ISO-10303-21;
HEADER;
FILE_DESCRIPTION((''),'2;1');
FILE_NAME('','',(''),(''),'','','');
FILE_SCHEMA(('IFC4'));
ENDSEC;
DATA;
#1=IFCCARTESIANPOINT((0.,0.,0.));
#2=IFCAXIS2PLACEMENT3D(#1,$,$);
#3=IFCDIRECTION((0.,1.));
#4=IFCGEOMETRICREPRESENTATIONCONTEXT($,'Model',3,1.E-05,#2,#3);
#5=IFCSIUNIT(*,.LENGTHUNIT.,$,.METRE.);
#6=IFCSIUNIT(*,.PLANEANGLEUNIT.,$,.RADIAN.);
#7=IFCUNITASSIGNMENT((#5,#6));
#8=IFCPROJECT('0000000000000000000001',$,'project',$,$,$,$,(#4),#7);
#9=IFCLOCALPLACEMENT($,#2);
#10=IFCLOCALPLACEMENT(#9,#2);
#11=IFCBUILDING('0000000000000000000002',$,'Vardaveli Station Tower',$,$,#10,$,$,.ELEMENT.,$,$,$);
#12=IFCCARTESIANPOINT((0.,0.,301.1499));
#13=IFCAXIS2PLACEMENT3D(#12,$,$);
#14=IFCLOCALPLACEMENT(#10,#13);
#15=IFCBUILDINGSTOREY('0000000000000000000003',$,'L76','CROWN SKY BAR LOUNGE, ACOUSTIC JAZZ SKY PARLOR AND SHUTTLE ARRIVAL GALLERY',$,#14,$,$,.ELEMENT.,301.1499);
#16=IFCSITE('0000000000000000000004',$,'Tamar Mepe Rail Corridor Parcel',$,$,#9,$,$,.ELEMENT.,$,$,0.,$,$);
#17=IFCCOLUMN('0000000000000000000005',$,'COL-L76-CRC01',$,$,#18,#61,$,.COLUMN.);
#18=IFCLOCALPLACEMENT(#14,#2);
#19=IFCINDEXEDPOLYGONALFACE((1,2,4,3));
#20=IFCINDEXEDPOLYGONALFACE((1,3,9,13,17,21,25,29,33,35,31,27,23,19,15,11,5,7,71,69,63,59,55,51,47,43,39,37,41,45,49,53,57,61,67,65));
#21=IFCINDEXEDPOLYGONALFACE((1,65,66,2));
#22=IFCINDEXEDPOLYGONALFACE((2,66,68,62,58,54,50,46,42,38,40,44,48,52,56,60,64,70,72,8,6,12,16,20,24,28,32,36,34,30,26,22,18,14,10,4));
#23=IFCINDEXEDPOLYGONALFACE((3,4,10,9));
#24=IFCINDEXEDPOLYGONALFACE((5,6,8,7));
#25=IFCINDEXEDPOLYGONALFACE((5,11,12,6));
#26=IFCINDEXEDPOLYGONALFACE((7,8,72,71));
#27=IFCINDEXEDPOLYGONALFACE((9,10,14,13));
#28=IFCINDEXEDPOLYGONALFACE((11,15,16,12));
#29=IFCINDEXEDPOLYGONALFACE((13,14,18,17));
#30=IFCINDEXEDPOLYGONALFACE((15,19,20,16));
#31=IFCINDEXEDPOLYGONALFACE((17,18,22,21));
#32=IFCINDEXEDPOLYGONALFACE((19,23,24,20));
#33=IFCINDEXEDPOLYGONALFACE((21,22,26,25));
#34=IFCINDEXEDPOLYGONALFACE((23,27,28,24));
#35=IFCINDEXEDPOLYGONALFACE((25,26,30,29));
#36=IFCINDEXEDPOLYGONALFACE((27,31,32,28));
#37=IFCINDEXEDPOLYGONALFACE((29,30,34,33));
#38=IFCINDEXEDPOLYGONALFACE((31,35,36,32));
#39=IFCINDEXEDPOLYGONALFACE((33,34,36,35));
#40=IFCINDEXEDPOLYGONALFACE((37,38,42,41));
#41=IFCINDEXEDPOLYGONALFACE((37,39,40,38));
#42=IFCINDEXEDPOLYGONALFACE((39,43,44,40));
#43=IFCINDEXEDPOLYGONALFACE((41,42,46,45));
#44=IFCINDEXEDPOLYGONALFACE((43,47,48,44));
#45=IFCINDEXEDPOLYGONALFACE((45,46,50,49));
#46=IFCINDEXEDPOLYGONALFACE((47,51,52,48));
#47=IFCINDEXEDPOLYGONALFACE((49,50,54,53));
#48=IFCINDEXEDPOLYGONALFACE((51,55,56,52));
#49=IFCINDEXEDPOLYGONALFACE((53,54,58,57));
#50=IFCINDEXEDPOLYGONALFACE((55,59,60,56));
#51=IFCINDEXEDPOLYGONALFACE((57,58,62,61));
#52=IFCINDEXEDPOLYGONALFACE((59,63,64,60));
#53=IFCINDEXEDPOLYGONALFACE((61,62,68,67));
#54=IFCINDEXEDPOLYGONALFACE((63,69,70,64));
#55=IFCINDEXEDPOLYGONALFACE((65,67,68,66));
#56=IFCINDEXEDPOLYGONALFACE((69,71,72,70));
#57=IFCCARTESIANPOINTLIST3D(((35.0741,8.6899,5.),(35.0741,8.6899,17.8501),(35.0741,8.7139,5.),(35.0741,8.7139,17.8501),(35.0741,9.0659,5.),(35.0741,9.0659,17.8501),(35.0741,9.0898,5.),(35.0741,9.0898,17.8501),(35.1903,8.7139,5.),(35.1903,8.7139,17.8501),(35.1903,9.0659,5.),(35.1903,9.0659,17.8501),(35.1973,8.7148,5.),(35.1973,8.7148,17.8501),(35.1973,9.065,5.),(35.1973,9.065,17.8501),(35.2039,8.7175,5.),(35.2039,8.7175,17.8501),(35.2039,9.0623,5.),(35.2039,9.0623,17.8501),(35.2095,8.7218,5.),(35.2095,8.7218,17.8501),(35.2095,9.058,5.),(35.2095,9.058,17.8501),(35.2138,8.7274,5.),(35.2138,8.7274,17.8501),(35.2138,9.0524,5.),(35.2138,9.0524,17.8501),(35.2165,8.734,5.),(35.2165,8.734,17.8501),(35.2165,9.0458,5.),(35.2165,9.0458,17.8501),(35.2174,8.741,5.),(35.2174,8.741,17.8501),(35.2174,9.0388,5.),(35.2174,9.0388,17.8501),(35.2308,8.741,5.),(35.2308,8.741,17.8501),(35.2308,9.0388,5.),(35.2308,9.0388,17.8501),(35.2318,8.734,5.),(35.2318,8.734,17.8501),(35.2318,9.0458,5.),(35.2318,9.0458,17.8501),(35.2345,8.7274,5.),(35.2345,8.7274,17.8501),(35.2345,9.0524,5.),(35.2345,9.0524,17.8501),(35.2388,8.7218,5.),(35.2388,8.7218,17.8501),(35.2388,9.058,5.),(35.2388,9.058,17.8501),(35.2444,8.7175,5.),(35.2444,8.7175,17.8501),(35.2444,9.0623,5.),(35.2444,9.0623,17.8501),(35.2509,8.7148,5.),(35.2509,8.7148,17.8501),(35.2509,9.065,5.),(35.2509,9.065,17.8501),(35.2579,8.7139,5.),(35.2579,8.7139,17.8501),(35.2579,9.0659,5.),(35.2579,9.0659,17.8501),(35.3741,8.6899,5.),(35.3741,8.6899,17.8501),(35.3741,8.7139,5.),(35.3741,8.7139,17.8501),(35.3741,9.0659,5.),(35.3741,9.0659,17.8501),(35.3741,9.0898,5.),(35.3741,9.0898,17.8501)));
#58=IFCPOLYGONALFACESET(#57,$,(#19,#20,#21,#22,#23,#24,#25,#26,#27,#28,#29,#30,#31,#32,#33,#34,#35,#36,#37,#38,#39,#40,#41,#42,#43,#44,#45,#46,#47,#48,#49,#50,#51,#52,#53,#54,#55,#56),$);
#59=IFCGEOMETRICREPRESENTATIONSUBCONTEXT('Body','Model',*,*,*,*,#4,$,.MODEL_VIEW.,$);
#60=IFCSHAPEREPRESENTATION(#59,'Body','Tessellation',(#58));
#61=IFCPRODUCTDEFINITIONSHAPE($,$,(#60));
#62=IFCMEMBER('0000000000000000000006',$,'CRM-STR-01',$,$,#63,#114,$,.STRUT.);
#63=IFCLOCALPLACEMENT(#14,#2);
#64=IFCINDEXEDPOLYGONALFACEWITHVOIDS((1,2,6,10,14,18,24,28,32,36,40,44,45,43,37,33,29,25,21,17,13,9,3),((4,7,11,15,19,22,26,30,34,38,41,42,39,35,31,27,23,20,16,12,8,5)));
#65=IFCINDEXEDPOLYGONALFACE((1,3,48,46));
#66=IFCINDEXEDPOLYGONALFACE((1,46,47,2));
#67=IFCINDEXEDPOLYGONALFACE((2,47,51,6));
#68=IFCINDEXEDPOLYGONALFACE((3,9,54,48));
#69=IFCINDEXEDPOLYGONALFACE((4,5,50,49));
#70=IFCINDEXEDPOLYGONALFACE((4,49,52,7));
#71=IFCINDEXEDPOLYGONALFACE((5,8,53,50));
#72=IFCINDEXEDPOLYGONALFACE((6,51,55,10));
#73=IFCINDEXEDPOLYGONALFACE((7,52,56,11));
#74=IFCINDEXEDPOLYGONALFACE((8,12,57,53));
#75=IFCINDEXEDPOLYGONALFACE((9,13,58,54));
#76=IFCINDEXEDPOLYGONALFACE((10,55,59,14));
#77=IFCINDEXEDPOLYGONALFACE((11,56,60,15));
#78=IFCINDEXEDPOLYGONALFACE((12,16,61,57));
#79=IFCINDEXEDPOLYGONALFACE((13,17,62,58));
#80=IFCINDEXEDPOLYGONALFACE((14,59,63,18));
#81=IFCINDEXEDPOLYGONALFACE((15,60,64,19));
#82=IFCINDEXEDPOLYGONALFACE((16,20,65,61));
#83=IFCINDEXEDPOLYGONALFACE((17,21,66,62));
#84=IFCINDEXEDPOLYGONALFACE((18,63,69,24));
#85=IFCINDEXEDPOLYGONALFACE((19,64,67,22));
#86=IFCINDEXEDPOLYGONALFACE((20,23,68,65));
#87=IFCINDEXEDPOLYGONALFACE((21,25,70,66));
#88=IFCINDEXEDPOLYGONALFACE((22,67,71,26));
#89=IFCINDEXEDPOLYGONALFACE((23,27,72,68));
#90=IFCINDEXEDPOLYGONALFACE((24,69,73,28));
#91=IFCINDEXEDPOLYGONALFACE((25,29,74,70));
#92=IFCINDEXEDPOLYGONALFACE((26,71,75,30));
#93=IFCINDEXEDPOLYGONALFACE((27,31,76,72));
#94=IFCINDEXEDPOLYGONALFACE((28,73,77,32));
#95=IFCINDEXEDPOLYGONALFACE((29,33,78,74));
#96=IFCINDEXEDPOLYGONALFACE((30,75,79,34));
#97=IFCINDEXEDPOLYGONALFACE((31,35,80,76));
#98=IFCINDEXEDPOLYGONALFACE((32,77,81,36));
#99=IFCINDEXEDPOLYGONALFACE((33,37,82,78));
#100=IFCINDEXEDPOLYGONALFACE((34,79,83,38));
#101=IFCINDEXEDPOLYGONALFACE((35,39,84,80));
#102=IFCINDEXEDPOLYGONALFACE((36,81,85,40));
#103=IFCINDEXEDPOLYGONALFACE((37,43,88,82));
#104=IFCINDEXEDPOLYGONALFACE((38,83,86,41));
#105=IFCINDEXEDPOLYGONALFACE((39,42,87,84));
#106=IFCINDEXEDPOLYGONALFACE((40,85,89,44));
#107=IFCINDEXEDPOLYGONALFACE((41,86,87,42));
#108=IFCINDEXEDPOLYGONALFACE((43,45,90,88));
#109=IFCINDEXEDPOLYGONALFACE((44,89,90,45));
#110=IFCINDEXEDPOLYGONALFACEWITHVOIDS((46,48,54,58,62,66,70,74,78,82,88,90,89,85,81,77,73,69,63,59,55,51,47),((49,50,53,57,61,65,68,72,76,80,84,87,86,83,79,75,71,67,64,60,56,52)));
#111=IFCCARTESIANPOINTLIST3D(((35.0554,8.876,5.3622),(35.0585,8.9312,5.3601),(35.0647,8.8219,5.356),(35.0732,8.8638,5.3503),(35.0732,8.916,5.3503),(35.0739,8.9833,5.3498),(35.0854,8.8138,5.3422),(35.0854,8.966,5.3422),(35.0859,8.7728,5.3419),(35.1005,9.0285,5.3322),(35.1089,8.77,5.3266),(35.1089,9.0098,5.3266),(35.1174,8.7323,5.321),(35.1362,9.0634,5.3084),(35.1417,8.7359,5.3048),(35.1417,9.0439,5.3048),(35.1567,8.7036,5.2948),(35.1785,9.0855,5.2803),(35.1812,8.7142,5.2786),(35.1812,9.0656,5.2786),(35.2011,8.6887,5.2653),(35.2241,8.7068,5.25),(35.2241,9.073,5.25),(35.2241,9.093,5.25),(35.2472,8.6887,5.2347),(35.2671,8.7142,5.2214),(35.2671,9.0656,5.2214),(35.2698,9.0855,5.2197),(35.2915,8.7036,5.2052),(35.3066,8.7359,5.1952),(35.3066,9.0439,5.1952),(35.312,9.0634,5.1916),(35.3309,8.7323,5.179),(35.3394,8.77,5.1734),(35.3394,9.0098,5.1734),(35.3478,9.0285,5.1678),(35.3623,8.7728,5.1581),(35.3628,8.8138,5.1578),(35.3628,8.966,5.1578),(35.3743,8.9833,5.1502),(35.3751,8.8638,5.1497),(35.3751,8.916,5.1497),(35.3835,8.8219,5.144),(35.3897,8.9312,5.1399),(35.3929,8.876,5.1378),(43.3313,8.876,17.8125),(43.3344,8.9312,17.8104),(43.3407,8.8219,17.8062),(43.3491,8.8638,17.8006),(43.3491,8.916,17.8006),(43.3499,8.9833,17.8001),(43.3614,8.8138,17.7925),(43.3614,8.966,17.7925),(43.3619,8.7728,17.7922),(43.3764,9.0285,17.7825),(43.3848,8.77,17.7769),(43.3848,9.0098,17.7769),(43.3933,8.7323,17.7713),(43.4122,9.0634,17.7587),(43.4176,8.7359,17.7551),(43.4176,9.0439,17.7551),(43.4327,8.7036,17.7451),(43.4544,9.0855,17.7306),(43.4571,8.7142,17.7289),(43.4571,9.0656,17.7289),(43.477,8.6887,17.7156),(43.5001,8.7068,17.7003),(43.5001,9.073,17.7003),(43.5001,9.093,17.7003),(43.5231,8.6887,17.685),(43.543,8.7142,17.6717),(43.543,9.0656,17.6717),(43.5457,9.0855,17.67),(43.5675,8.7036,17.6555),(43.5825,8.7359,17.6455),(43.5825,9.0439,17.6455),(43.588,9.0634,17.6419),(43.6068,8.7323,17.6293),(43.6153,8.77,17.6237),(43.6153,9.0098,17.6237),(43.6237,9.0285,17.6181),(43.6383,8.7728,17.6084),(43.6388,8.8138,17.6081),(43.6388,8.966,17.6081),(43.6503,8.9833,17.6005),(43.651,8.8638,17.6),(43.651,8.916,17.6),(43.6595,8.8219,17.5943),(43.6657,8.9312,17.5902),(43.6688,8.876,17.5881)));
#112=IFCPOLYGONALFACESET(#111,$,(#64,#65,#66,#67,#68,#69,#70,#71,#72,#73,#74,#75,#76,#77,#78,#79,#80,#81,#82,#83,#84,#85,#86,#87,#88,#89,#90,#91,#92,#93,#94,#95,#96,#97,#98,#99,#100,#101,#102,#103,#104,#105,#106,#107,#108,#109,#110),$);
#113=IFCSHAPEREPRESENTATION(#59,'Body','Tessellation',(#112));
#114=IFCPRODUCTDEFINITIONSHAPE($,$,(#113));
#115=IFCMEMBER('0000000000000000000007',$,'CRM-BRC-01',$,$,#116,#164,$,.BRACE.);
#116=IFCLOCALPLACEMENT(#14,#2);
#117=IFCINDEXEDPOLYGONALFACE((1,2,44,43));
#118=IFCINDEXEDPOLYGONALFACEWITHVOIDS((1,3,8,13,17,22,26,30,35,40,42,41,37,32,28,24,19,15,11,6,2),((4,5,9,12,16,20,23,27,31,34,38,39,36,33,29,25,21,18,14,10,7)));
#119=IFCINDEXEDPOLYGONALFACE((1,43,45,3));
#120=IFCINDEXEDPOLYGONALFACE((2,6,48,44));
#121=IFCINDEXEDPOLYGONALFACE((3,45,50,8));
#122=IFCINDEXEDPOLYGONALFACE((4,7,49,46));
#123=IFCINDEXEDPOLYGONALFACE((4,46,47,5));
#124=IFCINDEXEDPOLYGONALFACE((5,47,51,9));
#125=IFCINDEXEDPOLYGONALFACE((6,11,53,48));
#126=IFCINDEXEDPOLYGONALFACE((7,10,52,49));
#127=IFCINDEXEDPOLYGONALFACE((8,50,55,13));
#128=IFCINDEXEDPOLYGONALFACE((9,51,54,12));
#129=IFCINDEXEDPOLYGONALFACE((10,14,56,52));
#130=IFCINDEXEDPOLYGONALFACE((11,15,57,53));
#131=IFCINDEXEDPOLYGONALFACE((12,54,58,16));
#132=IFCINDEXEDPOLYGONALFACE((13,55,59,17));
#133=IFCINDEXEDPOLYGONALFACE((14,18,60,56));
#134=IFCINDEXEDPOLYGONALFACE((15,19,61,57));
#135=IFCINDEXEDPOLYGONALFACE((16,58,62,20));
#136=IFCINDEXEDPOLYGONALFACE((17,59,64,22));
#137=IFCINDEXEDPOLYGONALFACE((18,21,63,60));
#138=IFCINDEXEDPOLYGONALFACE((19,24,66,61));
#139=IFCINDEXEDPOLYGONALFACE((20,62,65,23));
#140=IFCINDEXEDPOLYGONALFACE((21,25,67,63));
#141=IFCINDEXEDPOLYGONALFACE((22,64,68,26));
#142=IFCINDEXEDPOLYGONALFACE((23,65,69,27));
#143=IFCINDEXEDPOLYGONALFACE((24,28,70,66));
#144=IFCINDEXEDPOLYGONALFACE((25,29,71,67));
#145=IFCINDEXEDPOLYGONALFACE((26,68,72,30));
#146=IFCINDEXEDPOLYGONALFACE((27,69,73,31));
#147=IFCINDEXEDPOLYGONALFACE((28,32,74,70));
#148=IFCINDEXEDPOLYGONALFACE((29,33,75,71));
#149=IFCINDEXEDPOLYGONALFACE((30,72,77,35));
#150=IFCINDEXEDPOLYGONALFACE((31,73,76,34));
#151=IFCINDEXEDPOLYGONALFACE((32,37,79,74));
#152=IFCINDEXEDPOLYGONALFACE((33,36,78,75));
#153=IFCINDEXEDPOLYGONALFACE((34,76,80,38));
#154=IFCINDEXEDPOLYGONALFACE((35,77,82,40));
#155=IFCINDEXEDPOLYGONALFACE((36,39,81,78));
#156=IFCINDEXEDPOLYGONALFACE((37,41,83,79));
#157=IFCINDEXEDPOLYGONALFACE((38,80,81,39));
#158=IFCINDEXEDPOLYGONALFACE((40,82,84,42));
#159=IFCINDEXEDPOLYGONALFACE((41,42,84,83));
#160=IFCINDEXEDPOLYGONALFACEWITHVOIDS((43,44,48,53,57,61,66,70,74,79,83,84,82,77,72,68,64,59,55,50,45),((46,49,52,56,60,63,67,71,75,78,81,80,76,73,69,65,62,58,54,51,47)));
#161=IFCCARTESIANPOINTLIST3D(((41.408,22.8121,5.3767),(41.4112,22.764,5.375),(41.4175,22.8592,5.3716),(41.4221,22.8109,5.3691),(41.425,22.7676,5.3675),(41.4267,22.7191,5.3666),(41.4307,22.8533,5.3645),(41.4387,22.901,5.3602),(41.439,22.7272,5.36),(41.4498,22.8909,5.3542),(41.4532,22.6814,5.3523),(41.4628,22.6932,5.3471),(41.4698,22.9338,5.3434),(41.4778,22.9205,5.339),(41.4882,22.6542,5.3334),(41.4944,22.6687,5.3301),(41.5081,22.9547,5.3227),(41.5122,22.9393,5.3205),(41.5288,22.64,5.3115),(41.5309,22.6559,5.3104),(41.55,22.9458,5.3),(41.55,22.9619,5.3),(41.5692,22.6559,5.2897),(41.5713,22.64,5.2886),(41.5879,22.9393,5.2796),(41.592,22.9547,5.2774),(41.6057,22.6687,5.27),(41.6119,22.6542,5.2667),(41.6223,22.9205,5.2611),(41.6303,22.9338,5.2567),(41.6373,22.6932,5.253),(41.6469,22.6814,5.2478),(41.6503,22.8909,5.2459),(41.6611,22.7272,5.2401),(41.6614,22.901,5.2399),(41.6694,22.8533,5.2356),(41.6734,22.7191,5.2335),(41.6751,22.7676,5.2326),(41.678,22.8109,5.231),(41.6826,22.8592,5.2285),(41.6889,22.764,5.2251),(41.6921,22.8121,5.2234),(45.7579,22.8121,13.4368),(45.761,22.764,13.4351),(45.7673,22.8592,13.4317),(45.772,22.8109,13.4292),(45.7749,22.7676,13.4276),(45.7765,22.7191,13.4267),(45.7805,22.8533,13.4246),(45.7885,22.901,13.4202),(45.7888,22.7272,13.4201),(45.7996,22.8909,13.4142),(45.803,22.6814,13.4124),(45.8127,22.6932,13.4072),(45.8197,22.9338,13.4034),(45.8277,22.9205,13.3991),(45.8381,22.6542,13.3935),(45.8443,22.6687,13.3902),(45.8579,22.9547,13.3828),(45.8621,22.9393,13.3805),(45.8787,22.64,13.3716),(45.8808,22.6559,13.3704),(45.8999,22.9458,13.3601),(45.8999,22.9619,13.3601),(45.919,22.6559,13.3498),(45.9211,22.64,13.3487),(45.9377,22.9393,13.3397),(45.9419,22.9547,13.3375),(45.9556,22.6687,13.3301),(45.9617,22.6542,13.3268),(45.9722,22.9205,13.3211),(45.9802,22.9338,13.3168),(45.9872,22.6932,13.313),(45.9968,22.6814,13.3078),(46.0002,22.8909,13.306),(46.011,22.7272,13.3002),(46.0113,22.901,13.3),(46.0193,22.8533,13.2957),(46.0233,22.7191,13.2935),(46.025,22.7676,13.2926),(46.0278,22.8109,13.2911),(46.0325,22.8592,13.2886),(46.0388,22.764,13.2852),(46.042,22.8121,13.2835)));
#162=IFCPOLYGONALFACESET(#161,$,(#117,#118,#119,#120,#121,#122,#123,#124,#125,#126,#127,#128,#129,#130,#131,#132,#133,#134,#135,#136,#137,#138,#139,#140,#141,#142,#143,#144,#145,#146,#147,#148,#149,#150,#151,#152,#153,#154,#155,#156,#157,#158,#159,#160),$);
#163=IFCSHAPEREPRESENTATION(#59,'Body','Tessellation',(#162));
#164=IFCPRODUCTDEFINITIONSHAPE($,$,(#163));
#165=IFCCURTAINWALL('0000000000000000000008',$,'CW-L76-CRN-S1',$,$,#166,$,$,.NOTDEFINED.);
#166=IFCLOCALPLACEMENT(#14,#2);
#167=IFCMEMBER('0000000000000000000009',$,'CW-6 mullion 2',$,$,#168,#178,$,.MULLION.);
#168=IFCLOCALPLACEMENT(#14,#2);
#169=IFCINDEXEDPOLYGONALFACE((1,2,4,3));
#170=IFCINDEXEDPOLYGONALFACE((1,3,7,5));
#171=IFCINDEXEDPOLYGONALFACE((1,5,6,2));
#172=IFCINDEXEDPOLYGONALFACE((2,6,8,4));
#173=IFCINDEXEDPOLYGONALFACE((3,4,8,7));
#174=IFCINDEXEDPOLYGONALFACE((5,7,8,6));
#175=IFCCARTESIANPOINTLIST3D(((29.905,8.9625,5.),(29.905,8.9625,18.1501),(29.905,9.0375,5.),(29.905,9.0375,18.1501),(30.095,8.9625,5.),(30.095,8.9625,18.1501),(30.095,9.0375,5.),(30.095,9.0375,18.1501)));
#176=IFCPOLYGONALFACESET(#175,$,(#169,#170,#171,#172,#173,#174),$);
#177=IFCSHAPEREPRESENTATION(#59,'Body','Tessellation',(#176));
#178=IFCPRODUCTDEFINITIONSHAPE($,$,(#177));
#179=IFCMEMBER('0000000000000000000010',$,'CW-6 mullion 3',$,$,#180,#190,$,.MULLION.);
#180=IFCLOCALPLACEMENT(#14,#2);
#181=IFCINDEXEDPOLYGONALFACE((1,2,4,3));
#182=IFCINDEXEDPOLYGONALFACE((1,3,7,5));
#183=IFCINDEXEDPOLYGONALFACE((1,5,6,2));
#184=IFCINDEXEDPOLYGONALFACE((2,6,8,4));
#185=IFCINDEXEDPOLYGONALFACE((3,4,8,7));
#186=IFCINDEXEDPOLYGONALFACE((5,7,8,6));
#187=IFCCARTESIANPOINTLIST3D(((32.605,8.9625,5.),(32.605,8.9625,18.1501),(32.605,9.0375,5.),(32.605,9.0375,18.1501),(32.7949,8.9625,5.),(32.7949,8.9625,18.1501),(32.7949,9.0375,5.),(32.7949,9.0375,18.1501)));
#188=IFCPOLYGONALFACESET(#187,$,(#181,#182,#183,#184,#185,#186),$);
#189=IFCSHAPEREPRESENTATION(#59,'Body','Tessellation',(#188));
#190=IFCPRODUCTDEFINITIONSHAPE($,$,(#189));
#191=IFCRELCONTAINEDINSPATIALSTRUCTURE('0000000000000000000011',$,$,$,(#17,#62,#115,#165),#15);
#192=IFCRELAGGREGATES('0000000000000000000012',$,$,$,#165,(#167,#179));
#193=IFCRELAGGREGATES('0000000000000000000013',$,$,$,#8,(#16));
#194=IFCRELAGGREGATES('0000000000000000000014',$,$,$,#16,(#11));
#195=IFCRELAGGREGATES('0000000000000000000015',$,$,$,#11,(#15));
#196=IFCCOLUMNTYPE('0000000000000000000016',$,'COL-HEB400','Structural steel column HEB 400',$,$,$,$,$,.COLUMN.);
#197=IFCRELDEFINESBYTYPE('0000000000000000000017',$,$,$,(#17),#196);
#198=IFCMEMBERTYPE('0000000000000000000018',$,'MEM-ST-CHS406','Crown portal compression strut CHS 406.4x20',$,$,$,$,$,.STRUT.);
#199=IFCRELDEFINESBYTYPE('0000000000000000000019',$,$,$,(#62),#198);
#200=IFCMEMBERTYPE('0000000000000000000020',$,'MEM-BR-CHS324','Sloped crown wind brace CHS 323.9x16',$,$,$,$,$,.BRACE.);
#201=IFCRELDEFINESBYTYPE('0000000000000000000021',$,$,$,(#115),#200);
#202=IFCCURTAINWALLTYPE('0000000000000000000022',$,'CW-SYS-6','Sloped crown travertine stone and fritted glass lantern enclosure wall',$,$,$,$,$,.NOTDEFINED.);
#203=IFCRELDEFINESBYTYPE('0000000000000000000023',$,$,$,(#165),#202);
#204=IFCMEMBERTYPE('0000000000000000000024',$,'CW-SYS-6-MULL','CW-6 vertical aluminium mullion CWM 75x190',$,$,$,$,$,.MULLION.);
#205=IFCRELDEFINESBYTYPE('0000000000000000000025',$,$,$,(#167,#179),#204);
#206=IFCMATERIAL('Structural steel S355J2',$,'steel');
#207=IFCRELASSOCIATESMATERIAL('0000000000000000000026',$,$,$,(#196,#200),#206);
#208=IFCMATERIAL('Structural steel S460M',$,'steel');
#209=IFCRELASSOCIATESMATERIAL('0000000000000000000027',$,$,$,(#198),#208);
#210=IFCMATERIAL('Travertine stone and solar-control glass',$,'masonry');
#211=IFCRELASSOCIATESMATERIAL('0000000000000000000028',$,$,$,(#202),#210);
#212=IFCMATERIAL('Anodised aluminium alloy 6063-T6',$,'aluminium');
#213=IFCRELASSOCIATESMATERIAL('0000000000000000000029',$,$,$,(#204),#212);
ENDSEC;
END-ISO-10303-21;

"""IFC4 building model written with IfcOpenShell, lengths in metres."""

from ifc_helpers import new_model, si_unit, direction, frame, origin, origin_2d, place, context, subcontext, project, spatial, rectangle, hollow_circle, i_section, extrude, source, transform, mapped, material, material_profile, profile_set, type_object, element, aggregate, save


model = new_model("IFC4")

# Units and contexts
model_context = context("Model", 3, precision=1e-05, world=origin(), true_north=direction((0.0, 1.0)))
body_context = subcontext(model_context, "Body", "Model", "MODEL_VIEW")
ifc_project = project(units=[si_unit("LENGTHUNIT", "METRE"), si_unit("PLANEANGLEUNIT", "RADIAN")], contexts=[model_context])

# Site, building, storey
site_placement = place(None, origin())
site = spatial("IfcSite", under=ifc_project, at=site_placement, Name="Tamar Mepe Rail Corridor Parcel", CompositionType="ELEMENT", RefElevation=0.0)
building_placement = place(site_placement, origin())
building = spatial("IfcBuilding", under=site, at=building_placement, Name="Vardaveli Station Tower", CompositionType="ELEMENT")
storey_placement = place(building_placement, frame((0.0, 0.0, 301.1499)))
storey = spatial("IfcBuildingStorey", under=building, at=storey_placement, Name="L76", Description="CROWN SKY BAR LOUNGE, ACOUSTIC JAZZ SKY PARLOR AND SHUTTLE ARRIVAL GALLERY", CompositionType="ELEMENT", Elevation=301.1499)

# Column
ifc_material_1 = material(Name="Structural steel S355J2", Category="steel")
ifc_material_profile_1 = material_profile(ifc_material_1, i_section(OverallWidth=0.3, OverallDepth=0.3999, WebThickness=0.0134, FlangeThickness=0.0239, FilletRadius=0.0271, at=origin_2d()), Name="HEB 400")
ifc_profile_set_1 = profile_set([ifc_material_profile_1], Name="Structural steel S355J2")
column_type = type_object("IfcColumnType", Name="COL-HEB400", Description="Structural steel column HEB 400", PredefinedType="COLUMN", material=ifc_profile_set_1)
shared_shape_1 = source(origin(), body_context, "Body", "SweptSolid", [
    extrude(i_section(OverallWidth=0.3, OverallDepth=0.3999, WebThickness=0.0134, FlangeThickness=0.0239, FilletRadius=0.0271, at=origin_2d()), origin(), (0.0, 0.0, 1.0), 12.8501),
])
column_placement = place(storey_placement, frame((35.2241, 8.8899, 5.0), z_axis=(0.0, 0.0, 1.0), x_axis=(1.0, 0.0, 0.0)))
element("IfcColumn", 1, at=column_placement, inside=storey, type_object=column_type, Name="COL-L76-CRC01", PredefinedType="COLUMN", context=body_context, shape_type="MappedRepresentation", body=[
    mapped(shared_shape_1, transform((0.0, 0.0, 0.0), scale=1.0)),
])

# Members
ifc_material_2 = material(Name="Structural steel S460M", Category="steel")
ifc_material_profile_2 = material_profile(ifc_material_2, hollow_circle(Radius=0.2031, WallThickness=0.02, at=origin_2d()), Name="CHS 406.4x20")
ifc_profile_set_2 = profile_set([ifc_material_profile_2], Name="Structural steel S460M")
member_type_1 = type_object("IfcMemberType", Name="MEM-ST-CHS406", Description="Crown portal compression strut CHS 406.4x20", PredefinedType="STRUT", material=ifc_profile_set_2)
shared_shape_2 = source(origin(), body_context, "Body", "SweptSolid", [
    extrude(hollow_circle(Radius=0.2031, WallThickness=0.02, at=origin_2d()), origin(), (0.0, 0.0, 1.0), 14.95),
])
member_1_placement = place(storey_placement, frame((35.2241, 8.8899, 5.25), z_axis=(0.553577, 0.0, 0.832798), x_axis=(0.0, 1.0, 0.0)))
element("IfcMember", 2, at=member_1_placement, inside=storey, type_object=member_type_1, Name="CRM-STR-01", PredefinedType="STRUT", context=body_context, shape_type="MappedRepresentation", body=[
    mapped(shared_shape_2, transform((0.0, 0.0, 0.0), scale=1.0)),
])
ifc_material_profile_3 = material_profile(ifc_material_1, hollow_circle(Radius=0.1619, WallThickness=0.0161, at=origin_2d()), Name="CHS 323.9x16")
ifc_profile_set_3 = profile_set([ifc_material_profile_3], Name="Structural steel S355J2")
member_type_2 = type_object("IfcMemberType", Name="MEM-BR-CHS324", Description="Sloped crown wind brace CHS 323.9x16", PredefinedType="BRACE", material=ifc_profile_set_3)
shared_shape_3 = source(origin(), body_context, "Body", "SweptSolid", [
    extrude(hollow_circle(Radius=0.1619, WallThickness=0.0161, at=origin_2d()), origin(), (0.0, 0.0, 1.0), 9.1589),
])
member_2_placement = place(storey_placement, frame((41.55, 22.8, 5.3), z_axis=(0.474931, 0.0, 0.880023), x_axis=(0.0, 1.0, 0.0)))
element("IfcMember", 3, at=member_2_placement, inside=storey, type_object=member_type_2, Name="CRM-BRC-01", PredefinedType="BRACE", context=body_context, shape_type="MappedRepresentation", body=[
    mapped(shared_shape_3, transform((0.0, 0.0, 0.0), scale=1.0)),
])

# Curtain wall, members
ifc_material_3 = material(Name="Travertine stone and solar-control glass", Category="masonry")
curtain_wall_type = type_object("IfcCurtainWallType", Name="CW-SYS-6", Description="Sloped crown travertine stone and fritted glass lantern enclosure wall", PredefinedType="NOTDEFINED", material=ifc_material_3)
curtain_wall_placement = place(storey_placement, origin())
curtain_wall = element("IfcCurtainWall", 4, at=curtain_wall_placement, inside=storey, type_object=curtain_wall_type, Name="CW-L76-CRN-S1", PredefinedType="NOTDEFINED")
ifc_material_4 = material(Name="Anodised aluminium alloy 6063-T6", Category="aluminium")
ifc_material_profile_4 = material_profile(ifc_material_4, rectangle(XDim=0.075, YDim=0.1899, at=origin_2d()), Name="CWM 75x190")
ifc_profile_set_4 = profile_set([ifc_material_profile_4], Name="Anodised aluminium alloy 6063-T6")
member_type_3 = type_object("IfcMemberType", Name="CW-SYS-6-MULL", Description="CW-6 vertical aluminium mullion CWM 75x190", PredefinedType="MULLION", material=ifc_profile_set_4)
shared_shape_4 = source(origin(), body_context, "Body", "SweptSolid", [
    extrude(rectangle(XDim=0.075, YDim=0.1899, at=origin_2d()), origin(), (0.0, 0.0, 1.0), 13.1501),
])
member_3_placement = place(storey_placement, frame((30.0, 9.0, 5.0), z_axis=(0.0, 0.0, 1.0), x_axis=(0.0, 1.0, 0.0)))
member_3 = element("IfcMember", 5, at=member_3_placement, type_object=member_type_3, Name="CW-6 mullion 2", PredefinedType="MULLION", context=body_context, shape_type="MappedRepresentation", body=[
    mapped(shared_shape_4, transform((0.0, 0.0, 0.0), scale=1.0)),
])
member_4_placement = place(storey_placement, frame((32.7, 9.0, 5.0), z_axis=(0.0, 0.0, 1.0), x_axis=(0.0, 1.0, 0.0)))
member_4 = element("IfcMember", 6, at=member_4_placement, type_object=member_type_3, Name="CW-6 mullion 3", PredefinedType="MULLION", context=body_context, shape_type="MappedRepresentation", body=[
    mapped(shared_shape_4, transform((0.0, 0.0, 0.0), scale=1.0)),
])

aggregate(curtain_wall, [member_3, member_4])

save(model, "model.ifc")
